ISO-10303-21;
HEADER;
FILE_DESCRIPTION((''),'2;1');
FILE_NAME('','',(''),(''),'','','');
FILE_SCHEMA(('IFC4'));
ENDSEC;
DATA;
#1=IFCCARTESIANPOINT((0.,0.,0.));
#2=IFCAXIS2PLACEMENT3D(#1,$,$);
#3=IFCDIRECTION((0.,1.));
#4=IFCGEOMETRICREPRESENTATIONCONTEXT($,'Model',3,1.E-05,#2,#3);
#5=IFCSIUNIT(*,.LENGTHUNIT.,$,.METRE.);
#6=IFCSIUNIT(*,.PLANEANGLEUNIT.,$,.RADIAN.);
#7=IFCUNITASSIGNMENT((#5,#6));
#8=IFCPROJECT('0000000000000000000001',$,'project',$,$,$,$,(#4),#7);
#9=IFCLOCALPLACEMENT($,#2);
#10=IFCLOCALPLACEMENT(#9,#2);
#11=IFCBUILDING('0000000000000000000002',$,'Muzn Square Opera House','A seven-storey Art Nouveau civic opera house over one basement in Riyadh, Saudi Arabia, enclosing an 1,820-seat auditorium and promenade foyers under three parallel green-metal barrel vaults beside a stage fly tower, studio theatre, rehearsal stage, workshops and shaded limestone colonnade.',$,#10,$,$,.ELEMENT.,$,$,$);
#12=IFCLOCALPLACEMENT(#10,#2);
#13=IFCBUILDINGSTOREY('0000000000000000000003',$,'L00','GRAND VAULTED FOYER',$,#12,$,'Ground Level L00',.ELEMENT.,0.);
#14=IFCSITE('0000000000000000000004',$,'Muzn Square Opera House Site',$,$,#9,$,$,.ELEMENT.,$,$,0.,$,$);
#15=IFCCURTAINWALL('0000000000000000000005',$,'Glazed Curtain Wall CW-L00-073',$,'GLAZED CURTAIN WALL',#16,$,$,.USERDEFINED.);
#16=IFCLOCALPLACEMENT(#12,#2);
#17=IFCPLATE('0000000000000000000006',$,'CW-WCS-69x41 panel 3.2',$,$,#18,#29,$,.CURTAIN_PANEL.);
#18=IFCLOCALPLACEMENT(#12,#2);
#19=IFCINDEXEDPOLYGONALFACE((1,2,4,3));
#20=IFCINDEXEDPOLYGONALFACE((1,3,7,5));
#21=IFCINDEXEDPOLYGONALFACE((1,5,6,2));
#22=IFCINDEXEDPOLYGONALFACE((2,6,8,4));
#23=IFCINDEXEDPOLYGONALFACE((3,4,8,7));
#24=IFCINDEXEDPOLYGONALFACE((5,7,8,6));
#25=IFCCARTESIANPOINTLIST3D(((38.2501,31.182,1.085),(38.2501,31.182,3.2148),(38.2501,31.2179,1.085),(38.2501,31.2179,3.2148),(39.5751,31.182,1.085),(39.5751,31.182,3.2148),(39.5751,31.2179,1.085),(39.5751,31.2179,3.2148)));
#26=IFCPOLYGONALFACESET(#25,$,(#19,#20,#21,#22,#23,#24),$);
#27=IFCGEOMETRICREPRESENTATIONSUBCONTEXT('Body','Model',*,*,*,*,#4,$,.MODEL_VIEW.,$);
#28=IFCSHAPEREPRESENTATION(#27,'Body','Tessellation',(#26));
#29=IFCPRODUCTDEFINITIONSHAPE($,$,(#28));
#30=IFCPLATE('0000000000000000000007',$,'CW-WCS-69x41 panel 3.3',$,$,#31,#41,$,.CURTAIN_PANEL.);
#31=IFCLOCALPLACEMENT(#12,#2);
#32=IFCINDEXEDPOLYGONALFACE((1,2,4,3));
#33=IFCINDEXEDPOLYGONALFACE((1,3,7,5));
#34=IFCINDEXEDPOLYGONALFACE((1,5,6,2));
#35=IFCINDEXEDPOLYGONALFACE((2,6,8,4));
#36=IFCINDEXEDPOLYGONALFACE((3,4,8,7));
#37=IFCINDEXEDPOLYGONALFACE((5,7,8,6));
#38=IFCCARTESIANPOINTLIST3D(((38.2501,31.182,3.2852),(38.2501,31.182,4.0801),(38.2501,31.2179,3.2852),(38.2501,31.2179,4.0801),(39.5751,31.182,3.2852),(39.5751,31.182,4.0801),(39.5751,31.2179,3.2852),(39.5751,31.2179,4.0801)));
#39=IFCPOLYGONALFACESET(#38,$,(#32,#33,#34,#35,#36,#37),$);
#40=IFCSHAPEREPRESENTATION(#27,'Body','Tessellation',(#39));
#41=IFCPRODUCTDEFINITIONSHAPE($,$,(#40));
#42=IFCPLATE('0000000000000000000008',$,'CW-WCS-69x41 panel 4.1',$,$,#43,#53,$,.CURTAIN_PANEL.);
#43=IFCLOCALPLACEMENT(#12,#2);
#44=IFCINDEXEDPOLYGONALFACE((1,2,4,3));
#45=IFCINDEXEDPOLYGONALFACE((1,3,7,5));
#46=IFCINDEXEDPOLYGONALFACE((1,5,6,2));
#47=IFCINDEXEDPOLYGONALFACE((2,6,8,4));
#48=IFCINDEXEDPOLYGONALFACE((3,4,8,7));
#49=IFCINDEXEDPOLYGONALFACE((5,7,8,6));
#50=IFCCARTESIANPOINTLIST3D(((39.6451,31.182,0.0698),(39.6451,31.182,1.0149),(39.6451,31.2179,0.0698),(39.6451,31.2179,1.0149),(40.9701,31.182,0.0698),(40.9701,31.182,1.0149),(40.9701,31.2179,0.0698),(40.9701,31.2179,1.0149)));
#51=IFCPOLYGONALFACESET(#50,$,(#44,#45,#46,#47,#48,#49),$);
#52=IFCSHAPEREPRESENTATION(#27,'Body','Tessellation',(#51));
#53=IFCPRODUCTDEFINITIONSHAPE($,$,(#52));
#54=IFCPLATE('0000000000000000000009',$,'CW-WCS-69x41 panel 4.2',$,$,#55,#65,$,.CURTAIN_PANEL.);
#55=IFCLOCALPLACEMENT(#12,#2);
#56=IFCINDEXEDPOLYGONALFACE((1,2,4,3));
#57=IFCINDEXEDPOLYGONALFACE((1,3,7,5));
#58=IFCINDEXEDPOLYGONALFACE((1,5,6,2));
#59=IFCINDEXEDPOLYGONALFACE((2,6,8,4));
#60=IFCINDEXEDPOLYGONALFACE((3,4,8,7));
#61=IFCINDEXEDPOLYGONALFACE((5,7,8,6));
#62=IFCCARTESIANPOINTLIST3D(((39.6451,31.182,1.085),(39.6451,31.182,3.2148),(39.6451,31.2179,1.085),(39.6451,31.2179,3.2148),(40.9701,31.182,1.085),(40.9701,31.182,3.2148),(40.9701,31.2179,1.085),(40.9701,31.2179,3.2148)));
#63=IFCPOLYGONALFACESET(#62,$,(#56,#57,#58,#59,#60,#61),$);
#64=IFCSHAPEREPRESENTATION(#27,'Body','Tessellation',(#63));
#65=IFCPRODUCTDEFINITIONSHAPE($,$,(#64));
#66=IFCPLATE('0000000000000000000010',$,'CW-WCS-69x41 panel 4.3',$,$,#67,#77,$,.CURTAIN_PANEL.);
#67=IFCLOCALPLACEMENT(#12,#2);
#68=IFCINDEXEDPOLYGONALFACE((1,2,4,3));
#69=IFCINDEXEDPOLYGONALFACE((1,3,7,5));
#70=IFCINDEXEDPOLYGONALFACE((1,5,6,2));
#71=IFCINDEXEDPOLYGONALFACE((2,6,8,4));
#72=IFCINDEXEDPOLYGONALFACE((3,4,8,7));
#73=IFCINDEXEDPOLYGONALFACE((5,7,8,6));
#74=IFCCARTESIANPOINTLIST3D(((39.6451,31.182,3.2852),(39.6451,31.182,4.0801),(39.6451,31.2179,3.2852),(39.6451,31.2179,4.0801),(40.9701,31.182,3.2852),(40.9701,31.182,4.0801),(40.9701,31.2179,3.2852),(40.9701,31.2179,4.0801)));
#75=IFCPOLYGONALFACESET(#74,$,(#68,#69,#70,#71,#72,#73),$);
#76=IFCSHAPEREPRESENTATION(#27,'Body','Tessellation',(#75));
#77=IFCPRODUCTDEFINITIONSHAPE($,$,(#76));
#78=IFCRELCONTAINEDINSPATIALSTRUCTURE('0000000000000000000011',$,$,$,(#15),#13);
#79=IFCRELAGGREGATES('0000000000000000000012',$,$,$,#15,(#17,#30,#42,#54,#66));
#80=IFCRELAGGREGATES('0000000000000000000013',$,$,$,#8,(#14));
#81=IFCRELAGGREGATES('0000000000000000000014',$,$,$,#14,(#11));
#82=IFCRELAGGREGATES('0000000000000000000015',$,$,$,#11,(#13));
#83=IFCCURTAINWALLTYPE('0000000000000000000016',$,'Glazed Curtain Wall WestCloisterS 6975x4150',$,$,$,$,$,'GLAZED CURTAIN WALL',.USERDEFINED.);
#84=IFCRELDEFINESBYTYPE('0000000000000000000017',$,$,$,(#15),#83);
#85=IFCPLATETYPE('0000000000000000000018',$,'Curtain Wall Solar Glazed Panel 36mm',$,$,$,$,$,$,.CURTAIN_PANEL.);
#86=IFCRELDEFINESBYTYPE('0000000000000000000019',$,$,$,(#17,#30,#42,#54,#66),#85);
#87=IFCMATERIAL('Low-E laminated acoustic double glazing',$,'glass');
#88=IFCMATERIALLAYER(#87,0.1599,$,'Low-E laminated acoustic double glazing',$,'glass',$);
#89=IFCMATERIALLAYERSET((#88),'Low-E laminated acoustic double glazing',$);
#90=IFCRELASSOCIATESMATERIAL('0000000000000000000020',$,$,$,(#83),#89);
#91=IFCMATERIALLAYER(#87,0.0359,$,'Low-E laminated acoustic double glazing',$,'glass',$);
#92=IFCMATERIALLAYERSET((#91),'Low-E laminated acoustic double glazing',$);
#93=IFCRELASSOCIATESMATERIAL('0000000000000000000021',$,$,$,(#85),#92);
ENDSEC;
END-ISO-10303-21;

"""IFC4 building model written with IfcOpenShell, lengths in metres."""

from ifc_helpers import new_model, si_unit, direction, frame, origin, origin_2d, place, context, subcontext, project, spatial, rectangle, extrude, material, layer, layer_set, type_object, element, aggregate, save


model = new_model("IFC4")

# Units and contexts
model_context = context("Model", 3, precision=1e-05, world=origin(), true_north=direction((0.0, 1.0)))
body_context = subcontext(model_context, "Body", "Model", "MODEL_VIEW")
ifc_project = project(units=[si_unit("LENGTHUNIT", "METRE"), si_unit("PLANEANGLEUNIT", "RADIAN")], contexts=[model_context])

# Site, building, storey
site_placement = place(None, origin())
site = spatial("IfcSite", under=ifc_project, at=site_placement, Name="Muzn Square Opera House Site", CompositionType="ELEMENT", RefElevation=0.0)
building_placement = place(site_placement, origin())
building = spatial("IfcBuilding", under=site, at=building_placement, Name="Muzn Square Opera House", Description="A seven-storey Art Nouveau civic opera house over one basement in Riyadh, Saudi Arabia, enclosing an 1,820-seat auditorium and promenade foyers under three parallel green-metal barrel vaults beside a stage fly tower, studio theatre, rehearsal stage, workshops and shaded limestone colonnade.", CompositionType="ELEMENT")
storey_placement = place(building_placement, origin())
storey = spatial("IfcBuildingStorey", under=building, at=storey_placement, Name="L00", Description="GRAND VAULTED FOYER", LongName="Ground Level L00", CompositionType="ELEMENT", Elevation=0.0)

# Shared definitions
ifc_material_1 = material(Name="Low-E laminated acoustic double glazing", Category="glass")

# Curtain wall
ifc_layer_1 = layer(ifc_material_1, 0.1599, Name="Low-E laminated acoustic double glazing", Category="glass")
ifc_layer_set_1 = layer_set([ifc_layer_1], Name="Low-E laminated acoustic double glazing")
curtain_wall_type_1 = type_object("IfcCurtainWallType", Name="Glazed Curtain Wall WestCloisterS 6975x4150", ElementType="GLAZED CURTAIN WALL", PredefinedType="USERDEFINED", material=ifc_layer_set_1)
curtain_wall_1_placement = place(storey_placement, origin())
curtain_wall_1 = element("IfcCurtainWall", 1, at=curtain_wall_1_placement, inside=storey, type_object=curtain_wall_type_1, Name="Glazed Curtain Wall CW-L00-073", ObjectType="GLAZED CURTAIN WALL", PredefinedType="USERDEFINED")

# Plates
ifc_layer_2 = layer(ifc_material_1, 0.0359, Name="Low-E laminated acoustic double glazing", Category="glass")
ifc_layer_set_2 = layer_set([ifc_layer_2], Name="Low-E laminated acoustic double glazing")
plate_type = type_object("IfcPlateType", Name="Curtain Wall Solar Glazed Panel 36mm", PredefinedType="CURTAIN_PANEL", material=ifc_layer_set_2)
plate_1_placement = place(storey_placement, frame((38.9126, 31.2, 1.085), z_axis=(0.0, 0.0, 1.0), x_axis=(1.0, 0.0, 0.0)))
plate_1 = element("IfcPlate", 2, at=plate_1_placement, type_object=plate_type, Name="CW-WCS-69x41 panel 3.2", PredefinedType="CURTAIN_PANEL", context=body_context, shape_type="SweptSolid", body=[
    extrude(rectangle(XDim=1.325, YDim=0.0359, at=origin_2d()), origin(), (0.0, 0.0, 1.0), 2.1299),
])
plate_2_placement = place(storey_placement, frame((38.9126, 31.2, 3.2852), z_axis=(0.0, 0.0, 1.0), x_axis=(1.0, 0.0, 0.0)))
plate_2 = element("IfcPlate", 3, at=plate_2_placement, type_object=plate_type, Name="CW-WCS-69x41 panel 3.3", PredefinedType="CURTAIN_PANEL", context=body_context, shape_type="SweptSolid", body=[
    extrude(rectangle(XDim=1.325, YDim=0.0359, at=origin_2d()), origin(), (0.0, 0.0, 1.0), 0.7949),
])
plate_3_placement = place(storey_placement, frame((40.3076, 31.2, 0.0698), z_axis=(0.0, 0.0, 1.0), x_axis=(1.0, 0.0, 0.0)))
plate_3 = element("IfcPlate", 4, at=plate_3_placement, type_object=plate_type, Name="CW-WCS-69x41 panel 4.1", PredefinedType="CURTAIN_PANEL", context=body_context, shape_type="SweptSolid", body=[
    extrude(rectangle(XDim=1.325, YDim=0.0359, at=origin_2d()), origin(), (0.0, 0.0, 1.0), 0.9451),
])
plate_4_placement = place(storey_placement, frame((40.3076, 31.2, 1.085), z_axis=(0.0, 0.0, 1.0), x_axis=(1.0, 0.0, 0.0)))
plate_4 = element("IfcPlate", 5, at=plate_4_placement, type_object=plate_type, Name="CW-WCS-69x41 panel 4.2", PredefinedType="CURTAIN_PANEL", context=body_context, shape_type="SweptSolid", body=[
    extrude(rectangle(XDim=1.325, YDim=0.0359, at=origin_2d()), origin(), (0.0, 0.0, 1.0), 2.1299),
])
plate_5_placement = place(storey_placement, frame((40.3076, 31.2, 3.2852), z_axis=(0.0, 0.0, 1.0), x_axis=(1.0, 0.0, 0.0)))
plate_5 = element("IfcPlate", 6, at=plate_5_placement, type_object=plate_type, Name="CW-WCS-69x41 panel 4.3", PredefinedType="CURTAIN_PANEL", context=body_context, shape_type="SweptSolid", body=[
    extrude(rectangle(XDim=1.325, YDim=0.0359, at=origin_2d()), origin(), (0.0, 0.0, 1.0), 0.7949),
])
aggregate(curtain_wall_1, [plate_1, plate_2, plate_3, plate_4, plate_5])

save(model, "model.ifc")
